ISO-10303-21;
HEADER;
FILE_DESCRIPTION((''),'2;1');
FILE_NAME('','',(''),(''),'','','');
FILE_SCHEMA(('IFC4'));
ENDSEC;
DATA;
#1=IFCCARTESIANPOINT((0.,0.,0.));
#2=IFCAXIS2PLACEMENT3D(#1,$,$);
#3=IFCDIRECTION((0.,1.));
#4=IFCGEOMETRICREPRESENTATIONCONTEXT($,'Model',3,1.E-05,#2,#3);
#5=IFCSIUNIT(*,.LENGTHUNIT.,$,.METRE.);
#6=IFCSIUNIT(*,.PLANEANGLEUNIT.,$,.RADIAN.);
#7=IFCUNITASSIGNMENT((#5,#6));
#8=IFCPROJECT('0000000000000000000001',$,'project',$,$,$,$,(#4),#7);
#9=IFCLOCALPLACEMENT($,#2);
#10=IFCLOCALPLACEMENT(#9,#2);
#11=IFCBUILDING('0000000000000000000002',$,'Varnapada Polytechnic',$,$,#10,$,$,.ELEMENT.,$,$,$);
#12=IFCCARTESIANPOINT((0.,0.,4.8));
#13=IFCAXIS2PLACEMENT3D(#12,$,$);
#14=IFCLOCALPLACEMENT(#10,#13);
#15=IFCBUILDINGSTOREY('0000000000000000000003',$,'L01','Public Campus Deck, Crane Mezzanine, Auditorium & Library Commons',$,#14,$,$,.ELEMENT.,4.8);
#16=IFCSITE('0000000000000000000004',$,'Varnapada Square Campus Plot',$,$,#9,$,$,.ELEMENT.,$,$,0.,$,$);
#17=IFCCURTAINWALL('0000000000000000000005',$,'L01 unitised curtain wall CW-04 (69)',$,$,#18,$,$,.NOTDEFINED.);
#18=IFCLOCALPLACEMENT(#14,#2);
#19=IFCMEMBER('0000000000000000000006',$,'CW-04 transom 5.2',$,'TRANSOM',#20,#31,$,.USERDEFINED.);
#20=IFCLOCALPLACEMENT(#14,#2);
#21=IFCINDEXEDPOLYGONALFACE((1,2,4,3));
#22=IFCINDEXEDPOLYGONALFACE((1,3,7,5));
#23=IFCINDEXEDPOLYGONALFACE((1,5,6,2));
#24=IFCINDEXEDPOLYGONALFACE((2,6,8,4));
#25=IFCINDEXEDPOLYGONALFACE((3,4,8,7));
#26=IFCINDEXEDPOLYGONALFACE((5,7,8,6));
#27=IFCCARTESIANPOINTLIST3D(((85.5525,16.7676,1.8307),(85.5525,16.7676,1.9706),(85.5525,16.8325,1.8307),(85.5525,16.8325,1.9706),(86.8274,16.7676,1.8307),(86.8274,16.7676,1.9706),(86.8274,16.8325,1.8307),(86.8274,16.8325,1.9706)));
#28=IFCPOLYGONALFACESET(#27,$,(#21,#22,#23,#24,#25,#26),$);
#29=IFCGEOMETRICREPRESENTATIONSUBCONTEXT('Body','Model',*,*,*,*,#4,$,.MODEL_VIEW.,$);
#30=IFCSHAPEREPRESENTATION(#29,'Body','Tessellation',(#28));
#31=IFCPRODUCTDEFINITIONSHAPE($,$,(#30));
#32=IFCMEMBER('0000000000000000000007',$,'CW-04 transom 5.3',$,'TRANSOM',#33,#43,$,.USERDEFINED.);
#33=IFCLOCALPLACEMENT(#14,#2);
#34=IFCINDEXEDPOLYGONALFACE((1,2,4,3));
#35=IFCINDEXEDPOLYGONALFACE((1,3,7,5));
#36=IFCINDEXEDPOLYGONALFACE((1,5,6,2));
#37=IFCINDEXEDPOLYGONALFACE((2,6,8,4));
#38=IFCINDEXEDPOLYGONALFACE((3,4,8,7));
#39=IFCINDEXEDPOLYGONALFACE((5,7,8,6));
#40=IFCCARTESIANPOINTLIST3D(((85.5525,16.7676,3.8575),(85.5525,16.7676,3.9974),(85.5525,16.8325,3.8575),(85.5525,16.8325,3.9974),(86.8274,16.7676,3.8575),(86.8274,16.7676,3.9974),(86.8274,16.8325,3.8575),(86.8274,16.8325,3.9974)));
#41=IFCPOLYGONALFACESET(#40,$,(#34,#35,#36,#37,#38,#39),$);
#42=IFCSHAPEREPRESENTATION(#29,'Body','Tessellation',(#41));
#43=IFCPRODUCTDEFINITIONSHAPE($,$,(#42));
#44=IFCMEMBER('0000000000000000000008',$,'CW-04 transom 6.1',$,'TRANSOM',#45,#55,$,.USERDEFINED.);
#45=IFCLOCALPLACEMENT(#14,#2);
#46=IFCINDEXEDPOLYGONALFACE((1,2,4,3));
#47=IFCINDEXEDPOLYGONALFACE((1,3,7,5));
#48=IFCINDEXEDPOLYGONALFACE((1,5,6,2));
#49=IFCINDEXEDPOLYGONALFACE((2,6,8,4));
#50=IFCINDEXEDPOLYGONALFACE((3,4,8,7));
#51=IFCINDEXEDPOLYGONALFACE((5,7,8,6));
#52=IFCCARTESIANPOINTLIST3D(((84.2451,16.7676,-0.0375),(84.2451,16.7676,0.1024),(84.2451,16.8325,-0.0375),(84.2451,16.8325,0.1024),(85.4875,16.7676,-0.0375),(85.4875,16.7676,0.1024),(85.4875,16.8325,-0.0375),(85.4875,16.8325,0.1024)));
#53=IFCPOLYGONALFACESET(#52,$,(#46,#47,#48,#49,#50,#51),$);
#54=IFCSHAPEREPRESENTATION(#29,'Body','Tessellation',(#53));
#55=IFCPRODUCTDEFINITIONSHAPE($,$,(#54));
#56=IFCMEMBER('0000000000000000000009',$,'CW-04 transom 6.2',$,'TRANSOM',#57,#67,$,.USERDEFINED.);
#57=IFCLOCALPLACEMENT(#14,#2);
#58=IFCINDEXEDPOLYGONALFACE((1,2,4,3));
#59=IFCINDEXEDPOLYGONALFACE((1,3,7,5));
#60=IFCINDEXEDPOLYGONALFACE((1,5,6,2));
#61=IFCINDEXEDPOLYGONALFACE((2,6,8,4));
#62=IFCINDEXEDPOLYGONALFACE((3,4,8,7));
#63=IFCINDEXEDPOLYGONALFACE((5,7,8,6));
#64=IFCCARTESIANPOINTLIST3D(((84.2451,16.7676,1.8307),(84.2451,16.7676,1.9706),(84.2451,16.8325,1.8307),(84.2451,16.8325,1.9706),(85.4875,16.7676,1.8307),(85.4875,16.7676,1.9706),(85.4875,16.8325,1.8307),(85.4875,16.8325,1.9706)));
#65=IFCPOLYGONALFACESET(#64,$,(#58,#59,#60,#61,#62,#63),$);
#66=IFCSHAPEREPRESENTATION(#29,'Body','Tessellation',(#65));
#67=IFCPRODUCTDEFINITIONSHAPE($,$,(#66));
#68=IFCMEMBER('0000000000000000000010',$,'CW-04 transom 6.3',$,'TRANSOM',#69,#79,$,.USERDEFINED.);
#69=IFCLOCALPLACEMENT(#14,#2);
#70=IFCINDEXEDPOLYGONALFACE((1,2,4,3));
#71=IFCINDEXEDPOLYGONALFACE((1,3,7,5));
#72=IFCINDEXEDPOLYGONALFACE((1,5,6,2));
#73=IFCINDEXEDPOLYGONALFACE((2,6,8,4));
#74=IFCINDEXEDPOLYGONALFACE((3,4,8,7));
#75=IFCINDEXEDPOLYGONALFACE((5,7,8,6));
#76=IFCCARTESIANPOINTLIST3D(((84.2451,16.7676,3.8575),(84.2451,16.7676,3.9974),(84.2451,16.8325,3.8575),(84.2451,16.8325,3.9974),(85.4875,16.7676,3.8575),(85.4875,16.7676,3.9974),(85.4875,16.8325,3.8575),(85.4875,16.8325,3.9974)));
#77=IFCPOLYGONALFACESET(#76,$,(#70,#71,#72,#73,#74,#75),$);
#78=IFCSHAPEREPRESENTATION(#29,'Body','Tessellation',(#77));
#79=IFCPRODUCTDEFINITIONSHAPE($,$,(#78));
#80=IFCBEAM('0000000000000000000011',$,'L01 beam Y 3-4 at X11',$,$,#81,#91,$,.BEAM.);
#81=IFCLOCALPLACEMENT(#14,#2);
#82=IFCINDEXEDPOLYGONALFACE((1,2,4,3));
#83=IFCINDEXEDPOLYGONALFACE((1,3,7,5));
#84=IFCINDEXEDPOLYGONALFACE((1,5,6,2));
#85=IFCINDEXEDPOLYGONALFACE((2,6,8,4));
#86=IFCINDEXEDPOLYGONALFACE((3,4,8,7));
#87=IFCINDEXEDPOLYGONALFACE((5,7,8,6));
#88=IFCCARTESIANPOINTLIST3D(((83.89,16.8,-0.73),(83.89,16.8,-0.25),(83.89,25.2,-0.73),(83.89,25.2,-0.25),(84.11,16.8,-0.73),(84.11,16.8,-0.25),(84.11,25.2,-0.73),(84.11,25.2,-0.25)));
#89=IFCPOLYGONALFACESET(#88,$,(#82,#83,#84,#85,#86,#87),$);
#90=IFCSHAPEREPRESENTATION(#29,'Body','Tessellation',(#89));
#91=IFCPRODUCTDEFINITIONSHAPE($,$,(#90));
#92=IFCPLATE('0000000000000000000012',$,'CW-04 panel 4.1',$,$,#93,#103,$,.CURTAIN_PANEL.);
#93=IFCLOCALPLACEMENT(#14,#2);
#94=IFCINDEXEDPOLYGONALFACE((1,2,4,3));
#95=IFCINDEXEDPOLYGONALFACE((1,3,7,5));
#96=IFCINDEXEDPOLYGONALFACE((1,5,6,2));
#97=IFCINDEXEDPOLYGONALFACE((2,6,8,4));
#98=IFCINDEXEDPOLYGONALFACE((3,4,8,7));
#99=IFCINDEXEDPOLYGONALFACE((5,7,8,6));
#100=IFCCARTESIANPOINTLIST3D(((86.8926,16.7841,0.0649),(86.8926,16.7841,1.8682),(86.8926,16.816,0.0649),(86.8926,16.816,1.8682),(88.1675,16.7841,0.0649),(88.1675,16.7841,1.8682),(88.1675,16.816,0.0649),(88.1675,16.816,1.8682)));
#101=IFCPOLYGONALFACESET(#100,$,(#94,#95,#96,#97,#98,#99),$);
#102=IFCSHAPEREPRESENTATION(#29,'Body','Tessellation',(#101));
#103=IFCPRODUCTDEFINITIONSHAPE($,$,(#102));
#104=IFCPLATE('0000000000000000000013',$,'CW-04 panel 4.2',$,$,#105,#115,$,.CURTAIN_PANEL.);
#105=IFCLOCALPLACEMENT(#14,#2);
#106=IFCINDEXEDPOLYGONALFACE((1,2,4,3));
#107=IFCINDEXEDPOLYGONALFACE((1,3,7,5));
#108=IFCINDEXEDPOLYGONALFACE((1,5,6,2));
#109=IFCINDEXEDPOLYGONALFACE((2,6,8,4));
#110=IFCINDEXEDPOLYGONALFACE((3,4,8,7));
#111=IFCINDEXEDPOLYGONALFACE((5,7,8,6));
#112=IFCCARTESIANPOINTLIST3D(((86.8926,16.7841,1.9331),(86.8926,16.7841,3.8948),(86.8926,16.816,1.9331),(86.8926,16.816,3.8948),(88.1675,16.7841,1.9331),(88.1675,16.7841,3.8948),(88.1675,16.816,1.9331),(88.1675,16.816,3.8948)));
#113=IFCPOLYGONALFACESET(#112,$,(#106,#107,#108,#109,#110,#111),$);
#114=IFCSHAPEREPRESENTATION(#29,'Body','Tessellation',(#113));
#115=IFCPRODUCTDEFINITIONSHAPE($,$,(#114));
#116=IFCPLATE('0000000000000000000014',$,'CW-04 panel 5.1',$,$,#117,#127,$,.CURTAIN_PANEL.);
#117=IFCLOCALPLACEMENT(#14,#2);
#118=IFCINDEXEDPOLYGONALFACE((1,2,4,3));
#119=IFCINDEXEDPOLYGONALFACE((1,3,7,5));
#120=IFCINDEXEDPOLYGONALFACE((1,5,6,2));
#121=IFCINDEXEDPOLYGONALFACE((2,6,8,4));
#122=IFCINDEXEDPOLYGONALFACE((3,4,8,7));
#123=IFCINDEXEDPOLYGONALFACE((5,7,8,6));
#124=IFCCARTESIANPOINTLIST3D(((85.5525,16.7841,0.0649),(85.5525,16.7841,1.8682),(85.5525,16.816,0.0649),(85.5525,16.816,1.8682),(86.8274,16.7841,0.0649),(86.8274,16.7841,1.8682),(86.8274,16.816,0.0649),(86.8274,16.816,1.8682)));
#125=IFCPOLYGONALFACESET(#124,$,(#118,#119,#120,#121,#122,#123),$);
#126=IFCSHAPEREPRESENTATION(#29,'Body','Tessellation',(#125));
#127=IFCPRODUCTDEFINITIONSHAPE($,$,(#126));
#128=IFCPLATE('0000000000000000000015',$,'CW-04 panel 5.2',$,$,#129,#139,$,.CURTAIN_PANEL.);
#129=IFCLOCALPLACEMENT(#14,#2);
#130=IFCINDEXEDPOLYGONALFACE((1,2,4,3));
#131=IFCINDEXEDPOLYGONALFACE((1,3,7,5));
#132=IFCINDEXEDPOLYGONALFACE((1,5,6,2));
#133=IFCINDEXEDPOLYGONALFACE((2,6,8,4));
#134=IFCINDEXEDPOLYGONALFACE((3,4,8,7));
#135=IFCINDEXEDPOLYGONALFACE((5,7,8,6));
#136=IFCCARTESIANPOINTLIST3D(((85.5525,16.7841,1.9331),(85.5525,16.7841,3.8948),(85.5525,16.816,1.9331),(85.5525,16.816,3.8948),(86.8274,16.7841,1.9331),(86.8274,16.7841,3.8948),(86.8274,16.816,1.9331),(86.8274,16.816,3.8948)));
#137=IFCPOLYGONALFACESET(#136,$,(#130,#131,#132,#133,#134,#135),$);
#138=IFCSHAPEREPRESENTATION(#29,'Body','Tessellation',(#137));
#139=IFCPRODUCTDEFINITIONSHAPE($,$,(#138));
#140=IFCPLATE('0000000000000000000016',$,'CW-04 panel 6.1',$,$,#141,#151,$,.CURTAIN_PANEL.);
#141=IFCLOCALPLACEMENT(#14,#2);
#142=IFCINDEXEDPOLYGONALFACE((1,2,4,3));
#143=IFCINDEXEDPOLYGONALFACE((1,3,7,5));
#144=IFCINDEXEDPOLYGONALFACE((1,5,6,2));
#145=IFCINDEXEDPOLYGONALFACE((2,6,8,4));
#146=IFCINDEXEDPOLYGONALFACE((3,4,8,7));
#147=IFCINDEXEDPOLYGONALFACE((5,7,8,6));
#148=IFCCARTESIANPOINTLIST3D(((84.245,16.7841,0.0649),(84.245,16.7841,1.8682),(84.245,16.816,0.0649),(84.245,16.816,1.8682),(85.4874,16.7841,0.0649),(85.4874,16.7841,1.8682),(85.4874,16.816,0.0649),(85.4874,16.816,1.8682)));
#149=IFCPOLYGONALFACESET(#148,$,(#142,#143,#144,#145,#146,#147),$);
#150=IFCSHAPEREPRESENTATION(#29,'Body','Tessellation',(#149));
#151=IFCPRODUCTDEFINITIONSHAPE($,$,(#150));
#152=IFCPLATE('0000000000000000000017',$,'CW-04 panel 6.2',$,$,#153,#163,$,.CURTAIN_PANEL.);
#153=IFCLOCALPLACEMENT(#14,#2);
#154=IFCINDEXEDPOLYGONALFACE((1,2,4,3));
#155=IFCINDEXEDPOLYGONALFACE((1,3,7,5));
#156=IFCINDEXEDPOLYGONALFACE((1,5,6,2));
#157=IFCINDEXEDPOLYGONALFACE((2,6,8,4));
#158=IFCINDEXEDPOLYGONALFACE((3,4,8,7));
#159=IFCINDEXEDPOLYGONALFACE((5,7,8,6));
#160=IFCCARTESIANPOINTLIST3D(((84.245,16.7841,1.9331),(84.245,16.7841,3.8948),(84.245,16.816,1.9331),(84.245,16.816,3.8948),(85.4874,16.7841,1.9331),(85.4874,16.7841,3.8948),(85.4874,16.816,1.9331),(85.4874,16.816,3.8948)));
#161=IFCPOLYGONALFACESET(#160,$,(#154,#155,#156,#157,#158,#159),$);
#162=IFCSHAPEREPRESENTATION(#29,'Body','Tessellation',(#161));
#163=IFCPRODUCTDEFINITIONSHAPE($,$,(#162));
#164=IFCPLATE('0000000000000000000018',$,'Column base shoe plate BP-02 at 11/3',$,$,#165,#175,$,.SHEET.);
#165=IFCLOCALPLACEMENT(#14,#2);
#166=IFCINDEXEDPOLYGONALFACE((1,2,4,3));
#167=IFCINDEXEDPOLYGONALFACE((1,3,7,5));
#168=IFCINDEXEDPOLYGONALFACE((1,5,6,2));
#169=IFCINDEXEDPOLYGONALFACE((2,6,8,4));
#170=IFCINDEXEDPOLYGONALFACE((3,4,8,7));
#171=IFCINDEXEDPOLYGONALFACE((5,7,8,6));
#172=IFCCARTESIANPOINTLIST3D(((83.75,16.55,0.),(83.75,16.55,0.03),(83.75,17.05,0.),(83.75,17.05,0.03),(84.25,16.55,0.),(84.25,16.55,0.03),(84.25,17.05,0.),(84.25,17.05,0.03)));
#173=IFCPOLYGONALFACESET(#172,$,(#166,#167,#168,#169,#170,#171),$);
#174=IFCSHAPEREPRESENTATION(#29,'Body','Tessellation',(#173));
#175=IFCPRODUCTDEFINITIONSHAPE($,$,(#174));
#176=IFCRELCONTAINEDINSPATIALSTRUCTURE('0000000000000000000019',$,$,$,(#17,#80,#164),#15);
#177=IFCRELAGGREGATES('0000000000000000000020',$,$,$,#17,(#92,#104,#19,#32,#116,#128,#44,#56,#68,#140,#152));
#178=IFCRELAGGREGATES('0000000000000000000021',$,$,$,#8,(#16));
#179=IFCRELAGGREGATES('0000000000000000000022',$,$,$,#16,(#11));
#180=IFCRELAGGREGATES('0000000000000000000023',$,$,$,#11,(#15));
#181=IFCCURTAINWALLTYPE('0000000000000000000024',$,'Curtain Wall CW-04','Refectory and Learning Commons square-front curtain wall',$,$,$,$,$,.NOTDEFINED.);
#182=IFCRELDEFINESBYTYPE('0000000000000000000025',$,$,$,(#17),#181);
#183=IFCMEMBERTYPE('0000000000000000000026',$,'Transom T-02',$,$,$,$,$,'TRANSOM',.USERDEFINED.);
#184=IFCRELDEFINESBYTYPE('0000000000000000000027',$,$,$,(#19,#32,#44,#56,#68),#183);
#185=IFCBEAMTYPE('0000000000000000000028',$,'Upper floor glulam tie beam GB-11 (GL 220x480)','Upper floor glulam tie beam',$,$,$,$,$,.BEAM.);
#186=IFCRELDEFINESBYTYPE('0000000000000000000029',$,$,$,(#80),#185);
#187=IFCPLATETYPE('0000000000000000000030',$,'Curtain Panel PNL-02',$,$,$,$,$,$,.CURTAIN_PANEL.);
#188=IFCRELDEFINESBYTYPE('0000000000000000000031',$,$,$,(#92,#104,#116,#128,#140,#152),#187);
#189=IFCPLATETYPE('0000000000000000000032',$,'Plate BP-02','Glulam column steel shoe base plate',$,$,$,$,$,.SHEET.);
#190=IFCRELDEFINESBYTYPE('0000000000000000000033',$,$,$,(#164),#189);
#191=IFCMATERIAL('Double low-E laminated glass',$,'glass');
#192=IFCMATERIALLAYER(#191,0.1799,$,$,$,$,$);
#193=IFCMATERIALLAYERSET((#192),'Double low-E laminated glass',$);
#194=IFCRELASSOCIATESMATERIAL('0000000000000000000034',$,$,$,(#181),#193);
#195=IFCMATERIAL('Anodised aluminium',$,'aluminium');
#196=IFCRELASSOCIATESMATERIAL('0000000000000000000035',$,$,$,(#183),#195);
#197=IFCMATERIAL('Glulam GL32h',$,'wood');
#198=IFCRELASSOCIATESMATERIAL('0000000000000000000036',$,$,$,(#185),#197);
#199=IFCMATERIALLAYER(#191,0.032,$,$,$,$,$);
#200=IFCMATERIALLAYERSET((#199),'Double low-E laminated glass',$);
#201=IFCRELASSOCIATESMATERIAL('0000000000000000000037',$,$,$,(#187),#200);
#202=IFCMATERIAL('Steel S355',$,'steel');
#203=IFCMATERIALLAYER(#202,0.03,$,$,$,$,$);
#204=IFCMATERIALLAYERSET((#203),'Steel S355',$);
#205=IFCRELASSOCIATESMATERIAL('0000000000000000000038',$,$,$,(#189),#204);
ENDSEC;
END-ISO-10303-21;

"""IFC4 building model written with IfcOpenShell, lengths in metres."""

from ifc_helpers import new_model, si_unit, direction, frame, origin, origin_2d, place, context, subcontext, project, spatial, rectangle, extrude, material, layer, layer_set, material_profile, profile_set, type_object, element, aggregate, save


model = new_model("IFC4")

# Units and contexts
model_context = context("Model", 3, precision=1e-05, world=origin(), true_north=direction((0.0, 1.0)))
body_context = subcontext(model_context, "Body", "Model", "MODEL_VIEW")
ifc_project = project(units=[si_unit("LENGTHUNIT", "METRE"), si_unit("PLANEANGLEUNIT", "RADIAN")], contexts=[model_context])

# Site, building, storey
site_placement = place(None, origin())
site = spatial("IfcSite", under=ifc_project, at=site_placement, Name="Varnapada Square Campus Plot", CompositionType="ELEMENT", RefElevation=0.0)
building_placement = place(site_placement, origin())
building = spatial("IfcBuilding", under=site, at=building_placement, Name="Varnapada Polytechnic", CompositionType="ELEMENT")
storey_placement = place(building_placement, frame((0.0, 0.0, 4.8)))
storey = spatial("IfcBuildingStorey", under=building, at=storey_placement, Name="L01", Description="Public Campus Deck, Crane Mezzanine, Auditorium & Library Commons", CompositionType="ELEMENT", Elevation=4.8)

# Shared definitions
ifc_material_1 = material(Name="Glulam GL32h", Category="wood")

# Shared definitions
ifc_material_2 = material(Name="Double low-E laminated glass", Category="glass")
ifc_layer_1 = layer(ifc_material_2, 0.1799)
ifc_layer_set_1 = layer_set([ifc_layer_1], Name="Double low-E laminated glass")
curtain_wall_type = type_object("IfcCurtainWallType", Name="Curtain Wall CW-04", Description="Refectory and Learning Commons square-front curtain wall", PredefinedType="NOTDEFINED", material=ifc_layer_set_1)
ifc_material_3 = material(Name="Anodised aluminium", Category="aluminium")

# Curtain wall
curtain_wall_1_placement = place(storey_placement, origin())
curtain_wall_1 = element("IfcCurtainWall", 1, at=curtain_wall_1_placement, inside=storey, type_object=curtain_wall_type, Name="L01 unitised curtain wall CW-04 (69)", PredefinedType="NOTDEFINED")

# Members
ifc_material_profile_1 = material_profile(ifc_material_3, rectangle(XDim=0.0649, YDim=0.1399, at=origin_2d()), Name="ALU T65x140")
ifc_profile_set_1 = profile_set([ifc_material_profile_1], Name="Anodised aluminium")
member_type_1 = type_object("IfcMemberType", Name="Transom T-02", ElementType="TRANSOM", PredefinedType="USERDEFINED", material=ifc_profile_set_1)
member_1_placement = place(storey_placement, frame((86.8274, 16.8, 1.9006), z_axis=(-1.0, 0.0, 0.0), x_axis=(0.0, -1.0, 0.0)))
member_1 = element("IfcMember", 2, at=member_1_placement, type_object=member_type_1, Name="CW-04 transom 5.2", ObjectType="TRANSOM", PredefinedType="USERDEFINED", context=body_context, shape_type="SweptSolid", body=[
    extrude(rectangle(XDim=0.0649, YDim=0.1399, at=origin_2d()), origin(), (0.0, 0.0, 1.0), 1.2749),
])
member_2_placement = place(storey_placement, frame((86.8274, 16.8, 3.9275), z_axis=(-1.0, 0.0, 0.0), x_axis=(0.0, -1.0, 0.0)))
member_2 = element("IfcMember", 3, at=member_2_placement, type_object=member_type_1, Name="CW-04 transom 5.3", ObjectType="TRANSOM", PredefinedType="USERDEFINED", context=body_context, shape_type="SweptSolid", body=[
    extrude(rectangle(XDim=0.0649, YDim=0.1399, at=origin_2d()), origin(), (0.0, 0.0, 1.0), 1.2749),
])
member_3_placement = place(storey_placement, frame((85.4875, 16.8, 0.0325), z_axis=(-1.0, 0.0, 0.0), x_axis=(0.0, -1.0, 0.0)))
member_3 = element("IfcMember", 4, at=member_3_placement, type_object=member_type_1, Name="CW-04 transom 6.1", ObjectType="TRANSOM", PredefinedType="USERDEFINED", context=body_context, shape_type="SweptSolid", body=[
    extrude(rectangle(XDim=0.0649, YDim=0.1399, at=origin_2d()), origin(), (0.0, 0.0, 1.0), 1.2424),
])
member_4_placement = place(storey_placement, frame((85.4875, 16.8, 1.9006), z_axis=(-1.0, 0.0, 0.0), x_axis=(0.0, -1.0, 0.0)))
member_4 = element("IfcMember", 5, at=member_4_placement, type_object=member_type_1, Name="CW-04 transom 6.2", ObjectType="TRANSOM", PredefinedType="USERDEFINED", context=body_context, shape_type="SweptSolid", body=[
    extrude(rectangle(XDim=0.0649, YDim=0.1399, at=origin_2d()), origin(), (0.0, 0.0, 1.0), 1.2424),
])
member_5_placement = place(storey_placement, frame((85.4875, 16.8, 3.9275), z_axis=(-1.0, 0.0, 0.0), x_axis=(0.0, -1.0, 0.0)))
member_5 = element("IfcMember", 6, at=member_5_placement, type_object=member_type_1, Name="CW-04 transom 6.3", ObjectType="TRANSOM", PredefinedType="USERDEFINED", context=body_context, shape_type="SweptSolid", body=[
    extrude(rectangle(XDim=0.0649, YDim=0.1399, at=origin_2d()), origin(), (0.0, 0.0, 1.0), 1.2424),
])

# Beam
ifc_material_profile_2 = material_profile(ifc_material_1, rectangle(XDim=0.22, YDim=0.48, at=origin_2d()), Name="GL 220x480")
ifc_profile_set_2 = profile_set([ifc_material_profile_2], Name="Glulam GL32h")
beam_type_1 = type_object("IfcBeamType", Name="Upper floor glulam tie beam GB-11 (GL 220x480)", Description="Upper floor glulam tie beam", PredefinedType="BEAM", material=ifc_profile_set_2)
beam_1_placement = place(storey_placement, frame((84.0, 16.8, -0.49), z_axis=(0.0, 1.0, 0.0), x_axis=(-1.0, 0.0, 0.0)))
element("IfcBeam", 7, at=beam_1_placement, inside=storey, type_object=beam_type_1, Name="L01 beam Y 3-4 at X11", PredefinedType="BEAM", context=body_context, shape_type="SweptSolid", body=[
    extrude(rectangle(XDim=0.22, YDim=0.48, at=origin_2d()), origin(), (0.0, 0.0, 1.0), 8.3999),
])

# Plates
ifc_layer_2 = layer(ifc_material_2, 0.032)
ifc_layer_set_2 = layer_set([ifc_layer_2], Name="Double low-E laminated glass")
plate_type_1 = type_object("IfcPlateType", Name="Curtain Panel PNL-02", PredefinedType="CURTAIN_PANEL", material=ifc_layer_set_2)
plate_1_placement = place(storey_placement, frame((87.53, 16.8, 0.0649), z_axis=(0.0, 0.0, 1.0), x_axis=(-1.0, 0.0, 0.0)))
plate_1 = element("IfcPlate", 8, at=plate_1_placement, type_object=plate_type_1, Name="CW-04 panel 4.1", PredefinedType="CURTAIN_PANEL", context=body_context, shape_type="SweptSolid", body=[
    extrude(rectangle(XDim=1.2749, YDim=0.032, at=origin_2d()), origin(), (0.0, 0.0, 1.0), 1.8032),
])
plate_2_placement = place(storey_placement, frame((87.53, 16.8, 1.9331), z_axis=(0.0, 0.0, 1.0), x_axis=(-1.0, 0.0, 0.0)))
plate_2 = element("IfcPlate", 9, at=plate_2_placement, type_object=plate_type_1, Name="CW-04 panel 4.2", PredefinedType="CURTAIN_PANEL", context=body_context, shape_type="SweptSolid", body=[
    extrude(rectangle(XDim=1.2749, YDim=0.032, at=origin_2d()), origin(), (0.0, 0.0, 1.0), 1.9617),
])
plate_3_placement = place(storey_placement, frame((86.1899, 16.8, 0.0649), z_axis=(0.0, 0.0, 1.0), x_axis=(-1.0, 0.0, 0.0)))
plate_3 = element("IfcPlate", 10, at=plate_3_placement, type_object=plate_type_1, Name="CW-04 panel 5.1", PredefinedType="CURTAIN_PANEL", context=body_context, shape_type="SweptSolid", body=[
    extrude(rectangle(XDim=1.2749, YDim=0.032, at=origin_2d()), origin(), (0.0, 0.0, 1.0), 1.8032),
])
plate_4_placement = place(storey_placement, frame((86.1899, 16.8, 1.9331), z_axis=(0.0, 0.0, 1.0), x_axis=(-1.0, 0.0, 0.0)))
plate_4 = element("IfcPlate", 11, at=plate_4_placement, type_object=plate_type_1, Name="CW-04 panel 5.2", PredefinedType="CURTAIN_PANEL", context=body_context, shape_type="SweptSolid", body=[
    extrude(rectangle(XDim=1.2749, YDim=0.032, at=origin_2d()), origin(), (0.0, 0.0, 1.0), 1.9617),
])
plate_5_placement = place(storey_placement, frame((84.8662, 16.8, 0.0649), z_axis=(0.0, 0.0, 1.0), x_axis=(-1.0, 0.0, 0.0)))
plate_5 = element("IfcPlate", 12, at=plate_5_placement, type_object=plate_type_1, Name="CW-04 panel 6.1", PredefinedType="CURTAIN_PANEL", context=body_context, shape_type="SweptSolid", body=[
    extrude(rectangle(XDim=1.2424, YDim=0.032, at=origin_2d()), origin(), (0.0, 0.0, 1.0), 1.8032),
])
plate_6_placement = place(storey_placement, frame((84.8662, 16.8, 1.9331), z_axis=(0.0, 0.0, 1.0), x_axis=(-1.0, 0.0, 0.0)))
plate_6 = element("IfcPlate", 13, at=plate_6_placement, type_object=plate_type_1, Name="CW-04 panel 6.2", PredefinedType="CURTAIN_PANEL", context=body_context, shape_type="SweptSolid", body=[
    extrude(rectangle(XDim=1.2424, YDim=0.032, at=origin_2d()), origin(), (0.0, 0.0, 1.0), 1.9617),
])
aggregate(curtain_wall_1, [plate_1, plate_2, member_1, member_2, plate_3, plate_4, member_3, member_4, member_5, plate_5, plate_6])
ifc_material_4 = material(Name="Steel S355", Category="steel")
ifc_layer_3 = layer(ifc_material_4, 0.03)
ifc_layer_set_3 = layer_set([ifc_layer_3], Name="Steel S355")
plate_type_2 = type_object("IfcPlateType", Name="Plate BP-02", Description="Glulam column steel shoe base plate", PredefinedType="SHEET", material=ifc_layer_set_3)
plate_7_placement = place(storey_placement, frame((84.0, 16.8, 0.0), z_axis=(0.0, 0.0, 1.0), x_axis=(1.0, 0.0, 0.0)))
element("IfcPlate", 14, at=plate_7_placement, inside=storey, type_object=plate_type_2, Name="Column base shoe plate BP-02 at 11/3", PredefinedType="SHEET", context=body_context, shape_type="SweptSolid", body=[
    extrude(rectangle(XDim=0.5, YDim=0.5, at=origin_2d()), origin(), (0.0, 0.0, 1.0), 0.03),
])

save(model, "model.ifc")
